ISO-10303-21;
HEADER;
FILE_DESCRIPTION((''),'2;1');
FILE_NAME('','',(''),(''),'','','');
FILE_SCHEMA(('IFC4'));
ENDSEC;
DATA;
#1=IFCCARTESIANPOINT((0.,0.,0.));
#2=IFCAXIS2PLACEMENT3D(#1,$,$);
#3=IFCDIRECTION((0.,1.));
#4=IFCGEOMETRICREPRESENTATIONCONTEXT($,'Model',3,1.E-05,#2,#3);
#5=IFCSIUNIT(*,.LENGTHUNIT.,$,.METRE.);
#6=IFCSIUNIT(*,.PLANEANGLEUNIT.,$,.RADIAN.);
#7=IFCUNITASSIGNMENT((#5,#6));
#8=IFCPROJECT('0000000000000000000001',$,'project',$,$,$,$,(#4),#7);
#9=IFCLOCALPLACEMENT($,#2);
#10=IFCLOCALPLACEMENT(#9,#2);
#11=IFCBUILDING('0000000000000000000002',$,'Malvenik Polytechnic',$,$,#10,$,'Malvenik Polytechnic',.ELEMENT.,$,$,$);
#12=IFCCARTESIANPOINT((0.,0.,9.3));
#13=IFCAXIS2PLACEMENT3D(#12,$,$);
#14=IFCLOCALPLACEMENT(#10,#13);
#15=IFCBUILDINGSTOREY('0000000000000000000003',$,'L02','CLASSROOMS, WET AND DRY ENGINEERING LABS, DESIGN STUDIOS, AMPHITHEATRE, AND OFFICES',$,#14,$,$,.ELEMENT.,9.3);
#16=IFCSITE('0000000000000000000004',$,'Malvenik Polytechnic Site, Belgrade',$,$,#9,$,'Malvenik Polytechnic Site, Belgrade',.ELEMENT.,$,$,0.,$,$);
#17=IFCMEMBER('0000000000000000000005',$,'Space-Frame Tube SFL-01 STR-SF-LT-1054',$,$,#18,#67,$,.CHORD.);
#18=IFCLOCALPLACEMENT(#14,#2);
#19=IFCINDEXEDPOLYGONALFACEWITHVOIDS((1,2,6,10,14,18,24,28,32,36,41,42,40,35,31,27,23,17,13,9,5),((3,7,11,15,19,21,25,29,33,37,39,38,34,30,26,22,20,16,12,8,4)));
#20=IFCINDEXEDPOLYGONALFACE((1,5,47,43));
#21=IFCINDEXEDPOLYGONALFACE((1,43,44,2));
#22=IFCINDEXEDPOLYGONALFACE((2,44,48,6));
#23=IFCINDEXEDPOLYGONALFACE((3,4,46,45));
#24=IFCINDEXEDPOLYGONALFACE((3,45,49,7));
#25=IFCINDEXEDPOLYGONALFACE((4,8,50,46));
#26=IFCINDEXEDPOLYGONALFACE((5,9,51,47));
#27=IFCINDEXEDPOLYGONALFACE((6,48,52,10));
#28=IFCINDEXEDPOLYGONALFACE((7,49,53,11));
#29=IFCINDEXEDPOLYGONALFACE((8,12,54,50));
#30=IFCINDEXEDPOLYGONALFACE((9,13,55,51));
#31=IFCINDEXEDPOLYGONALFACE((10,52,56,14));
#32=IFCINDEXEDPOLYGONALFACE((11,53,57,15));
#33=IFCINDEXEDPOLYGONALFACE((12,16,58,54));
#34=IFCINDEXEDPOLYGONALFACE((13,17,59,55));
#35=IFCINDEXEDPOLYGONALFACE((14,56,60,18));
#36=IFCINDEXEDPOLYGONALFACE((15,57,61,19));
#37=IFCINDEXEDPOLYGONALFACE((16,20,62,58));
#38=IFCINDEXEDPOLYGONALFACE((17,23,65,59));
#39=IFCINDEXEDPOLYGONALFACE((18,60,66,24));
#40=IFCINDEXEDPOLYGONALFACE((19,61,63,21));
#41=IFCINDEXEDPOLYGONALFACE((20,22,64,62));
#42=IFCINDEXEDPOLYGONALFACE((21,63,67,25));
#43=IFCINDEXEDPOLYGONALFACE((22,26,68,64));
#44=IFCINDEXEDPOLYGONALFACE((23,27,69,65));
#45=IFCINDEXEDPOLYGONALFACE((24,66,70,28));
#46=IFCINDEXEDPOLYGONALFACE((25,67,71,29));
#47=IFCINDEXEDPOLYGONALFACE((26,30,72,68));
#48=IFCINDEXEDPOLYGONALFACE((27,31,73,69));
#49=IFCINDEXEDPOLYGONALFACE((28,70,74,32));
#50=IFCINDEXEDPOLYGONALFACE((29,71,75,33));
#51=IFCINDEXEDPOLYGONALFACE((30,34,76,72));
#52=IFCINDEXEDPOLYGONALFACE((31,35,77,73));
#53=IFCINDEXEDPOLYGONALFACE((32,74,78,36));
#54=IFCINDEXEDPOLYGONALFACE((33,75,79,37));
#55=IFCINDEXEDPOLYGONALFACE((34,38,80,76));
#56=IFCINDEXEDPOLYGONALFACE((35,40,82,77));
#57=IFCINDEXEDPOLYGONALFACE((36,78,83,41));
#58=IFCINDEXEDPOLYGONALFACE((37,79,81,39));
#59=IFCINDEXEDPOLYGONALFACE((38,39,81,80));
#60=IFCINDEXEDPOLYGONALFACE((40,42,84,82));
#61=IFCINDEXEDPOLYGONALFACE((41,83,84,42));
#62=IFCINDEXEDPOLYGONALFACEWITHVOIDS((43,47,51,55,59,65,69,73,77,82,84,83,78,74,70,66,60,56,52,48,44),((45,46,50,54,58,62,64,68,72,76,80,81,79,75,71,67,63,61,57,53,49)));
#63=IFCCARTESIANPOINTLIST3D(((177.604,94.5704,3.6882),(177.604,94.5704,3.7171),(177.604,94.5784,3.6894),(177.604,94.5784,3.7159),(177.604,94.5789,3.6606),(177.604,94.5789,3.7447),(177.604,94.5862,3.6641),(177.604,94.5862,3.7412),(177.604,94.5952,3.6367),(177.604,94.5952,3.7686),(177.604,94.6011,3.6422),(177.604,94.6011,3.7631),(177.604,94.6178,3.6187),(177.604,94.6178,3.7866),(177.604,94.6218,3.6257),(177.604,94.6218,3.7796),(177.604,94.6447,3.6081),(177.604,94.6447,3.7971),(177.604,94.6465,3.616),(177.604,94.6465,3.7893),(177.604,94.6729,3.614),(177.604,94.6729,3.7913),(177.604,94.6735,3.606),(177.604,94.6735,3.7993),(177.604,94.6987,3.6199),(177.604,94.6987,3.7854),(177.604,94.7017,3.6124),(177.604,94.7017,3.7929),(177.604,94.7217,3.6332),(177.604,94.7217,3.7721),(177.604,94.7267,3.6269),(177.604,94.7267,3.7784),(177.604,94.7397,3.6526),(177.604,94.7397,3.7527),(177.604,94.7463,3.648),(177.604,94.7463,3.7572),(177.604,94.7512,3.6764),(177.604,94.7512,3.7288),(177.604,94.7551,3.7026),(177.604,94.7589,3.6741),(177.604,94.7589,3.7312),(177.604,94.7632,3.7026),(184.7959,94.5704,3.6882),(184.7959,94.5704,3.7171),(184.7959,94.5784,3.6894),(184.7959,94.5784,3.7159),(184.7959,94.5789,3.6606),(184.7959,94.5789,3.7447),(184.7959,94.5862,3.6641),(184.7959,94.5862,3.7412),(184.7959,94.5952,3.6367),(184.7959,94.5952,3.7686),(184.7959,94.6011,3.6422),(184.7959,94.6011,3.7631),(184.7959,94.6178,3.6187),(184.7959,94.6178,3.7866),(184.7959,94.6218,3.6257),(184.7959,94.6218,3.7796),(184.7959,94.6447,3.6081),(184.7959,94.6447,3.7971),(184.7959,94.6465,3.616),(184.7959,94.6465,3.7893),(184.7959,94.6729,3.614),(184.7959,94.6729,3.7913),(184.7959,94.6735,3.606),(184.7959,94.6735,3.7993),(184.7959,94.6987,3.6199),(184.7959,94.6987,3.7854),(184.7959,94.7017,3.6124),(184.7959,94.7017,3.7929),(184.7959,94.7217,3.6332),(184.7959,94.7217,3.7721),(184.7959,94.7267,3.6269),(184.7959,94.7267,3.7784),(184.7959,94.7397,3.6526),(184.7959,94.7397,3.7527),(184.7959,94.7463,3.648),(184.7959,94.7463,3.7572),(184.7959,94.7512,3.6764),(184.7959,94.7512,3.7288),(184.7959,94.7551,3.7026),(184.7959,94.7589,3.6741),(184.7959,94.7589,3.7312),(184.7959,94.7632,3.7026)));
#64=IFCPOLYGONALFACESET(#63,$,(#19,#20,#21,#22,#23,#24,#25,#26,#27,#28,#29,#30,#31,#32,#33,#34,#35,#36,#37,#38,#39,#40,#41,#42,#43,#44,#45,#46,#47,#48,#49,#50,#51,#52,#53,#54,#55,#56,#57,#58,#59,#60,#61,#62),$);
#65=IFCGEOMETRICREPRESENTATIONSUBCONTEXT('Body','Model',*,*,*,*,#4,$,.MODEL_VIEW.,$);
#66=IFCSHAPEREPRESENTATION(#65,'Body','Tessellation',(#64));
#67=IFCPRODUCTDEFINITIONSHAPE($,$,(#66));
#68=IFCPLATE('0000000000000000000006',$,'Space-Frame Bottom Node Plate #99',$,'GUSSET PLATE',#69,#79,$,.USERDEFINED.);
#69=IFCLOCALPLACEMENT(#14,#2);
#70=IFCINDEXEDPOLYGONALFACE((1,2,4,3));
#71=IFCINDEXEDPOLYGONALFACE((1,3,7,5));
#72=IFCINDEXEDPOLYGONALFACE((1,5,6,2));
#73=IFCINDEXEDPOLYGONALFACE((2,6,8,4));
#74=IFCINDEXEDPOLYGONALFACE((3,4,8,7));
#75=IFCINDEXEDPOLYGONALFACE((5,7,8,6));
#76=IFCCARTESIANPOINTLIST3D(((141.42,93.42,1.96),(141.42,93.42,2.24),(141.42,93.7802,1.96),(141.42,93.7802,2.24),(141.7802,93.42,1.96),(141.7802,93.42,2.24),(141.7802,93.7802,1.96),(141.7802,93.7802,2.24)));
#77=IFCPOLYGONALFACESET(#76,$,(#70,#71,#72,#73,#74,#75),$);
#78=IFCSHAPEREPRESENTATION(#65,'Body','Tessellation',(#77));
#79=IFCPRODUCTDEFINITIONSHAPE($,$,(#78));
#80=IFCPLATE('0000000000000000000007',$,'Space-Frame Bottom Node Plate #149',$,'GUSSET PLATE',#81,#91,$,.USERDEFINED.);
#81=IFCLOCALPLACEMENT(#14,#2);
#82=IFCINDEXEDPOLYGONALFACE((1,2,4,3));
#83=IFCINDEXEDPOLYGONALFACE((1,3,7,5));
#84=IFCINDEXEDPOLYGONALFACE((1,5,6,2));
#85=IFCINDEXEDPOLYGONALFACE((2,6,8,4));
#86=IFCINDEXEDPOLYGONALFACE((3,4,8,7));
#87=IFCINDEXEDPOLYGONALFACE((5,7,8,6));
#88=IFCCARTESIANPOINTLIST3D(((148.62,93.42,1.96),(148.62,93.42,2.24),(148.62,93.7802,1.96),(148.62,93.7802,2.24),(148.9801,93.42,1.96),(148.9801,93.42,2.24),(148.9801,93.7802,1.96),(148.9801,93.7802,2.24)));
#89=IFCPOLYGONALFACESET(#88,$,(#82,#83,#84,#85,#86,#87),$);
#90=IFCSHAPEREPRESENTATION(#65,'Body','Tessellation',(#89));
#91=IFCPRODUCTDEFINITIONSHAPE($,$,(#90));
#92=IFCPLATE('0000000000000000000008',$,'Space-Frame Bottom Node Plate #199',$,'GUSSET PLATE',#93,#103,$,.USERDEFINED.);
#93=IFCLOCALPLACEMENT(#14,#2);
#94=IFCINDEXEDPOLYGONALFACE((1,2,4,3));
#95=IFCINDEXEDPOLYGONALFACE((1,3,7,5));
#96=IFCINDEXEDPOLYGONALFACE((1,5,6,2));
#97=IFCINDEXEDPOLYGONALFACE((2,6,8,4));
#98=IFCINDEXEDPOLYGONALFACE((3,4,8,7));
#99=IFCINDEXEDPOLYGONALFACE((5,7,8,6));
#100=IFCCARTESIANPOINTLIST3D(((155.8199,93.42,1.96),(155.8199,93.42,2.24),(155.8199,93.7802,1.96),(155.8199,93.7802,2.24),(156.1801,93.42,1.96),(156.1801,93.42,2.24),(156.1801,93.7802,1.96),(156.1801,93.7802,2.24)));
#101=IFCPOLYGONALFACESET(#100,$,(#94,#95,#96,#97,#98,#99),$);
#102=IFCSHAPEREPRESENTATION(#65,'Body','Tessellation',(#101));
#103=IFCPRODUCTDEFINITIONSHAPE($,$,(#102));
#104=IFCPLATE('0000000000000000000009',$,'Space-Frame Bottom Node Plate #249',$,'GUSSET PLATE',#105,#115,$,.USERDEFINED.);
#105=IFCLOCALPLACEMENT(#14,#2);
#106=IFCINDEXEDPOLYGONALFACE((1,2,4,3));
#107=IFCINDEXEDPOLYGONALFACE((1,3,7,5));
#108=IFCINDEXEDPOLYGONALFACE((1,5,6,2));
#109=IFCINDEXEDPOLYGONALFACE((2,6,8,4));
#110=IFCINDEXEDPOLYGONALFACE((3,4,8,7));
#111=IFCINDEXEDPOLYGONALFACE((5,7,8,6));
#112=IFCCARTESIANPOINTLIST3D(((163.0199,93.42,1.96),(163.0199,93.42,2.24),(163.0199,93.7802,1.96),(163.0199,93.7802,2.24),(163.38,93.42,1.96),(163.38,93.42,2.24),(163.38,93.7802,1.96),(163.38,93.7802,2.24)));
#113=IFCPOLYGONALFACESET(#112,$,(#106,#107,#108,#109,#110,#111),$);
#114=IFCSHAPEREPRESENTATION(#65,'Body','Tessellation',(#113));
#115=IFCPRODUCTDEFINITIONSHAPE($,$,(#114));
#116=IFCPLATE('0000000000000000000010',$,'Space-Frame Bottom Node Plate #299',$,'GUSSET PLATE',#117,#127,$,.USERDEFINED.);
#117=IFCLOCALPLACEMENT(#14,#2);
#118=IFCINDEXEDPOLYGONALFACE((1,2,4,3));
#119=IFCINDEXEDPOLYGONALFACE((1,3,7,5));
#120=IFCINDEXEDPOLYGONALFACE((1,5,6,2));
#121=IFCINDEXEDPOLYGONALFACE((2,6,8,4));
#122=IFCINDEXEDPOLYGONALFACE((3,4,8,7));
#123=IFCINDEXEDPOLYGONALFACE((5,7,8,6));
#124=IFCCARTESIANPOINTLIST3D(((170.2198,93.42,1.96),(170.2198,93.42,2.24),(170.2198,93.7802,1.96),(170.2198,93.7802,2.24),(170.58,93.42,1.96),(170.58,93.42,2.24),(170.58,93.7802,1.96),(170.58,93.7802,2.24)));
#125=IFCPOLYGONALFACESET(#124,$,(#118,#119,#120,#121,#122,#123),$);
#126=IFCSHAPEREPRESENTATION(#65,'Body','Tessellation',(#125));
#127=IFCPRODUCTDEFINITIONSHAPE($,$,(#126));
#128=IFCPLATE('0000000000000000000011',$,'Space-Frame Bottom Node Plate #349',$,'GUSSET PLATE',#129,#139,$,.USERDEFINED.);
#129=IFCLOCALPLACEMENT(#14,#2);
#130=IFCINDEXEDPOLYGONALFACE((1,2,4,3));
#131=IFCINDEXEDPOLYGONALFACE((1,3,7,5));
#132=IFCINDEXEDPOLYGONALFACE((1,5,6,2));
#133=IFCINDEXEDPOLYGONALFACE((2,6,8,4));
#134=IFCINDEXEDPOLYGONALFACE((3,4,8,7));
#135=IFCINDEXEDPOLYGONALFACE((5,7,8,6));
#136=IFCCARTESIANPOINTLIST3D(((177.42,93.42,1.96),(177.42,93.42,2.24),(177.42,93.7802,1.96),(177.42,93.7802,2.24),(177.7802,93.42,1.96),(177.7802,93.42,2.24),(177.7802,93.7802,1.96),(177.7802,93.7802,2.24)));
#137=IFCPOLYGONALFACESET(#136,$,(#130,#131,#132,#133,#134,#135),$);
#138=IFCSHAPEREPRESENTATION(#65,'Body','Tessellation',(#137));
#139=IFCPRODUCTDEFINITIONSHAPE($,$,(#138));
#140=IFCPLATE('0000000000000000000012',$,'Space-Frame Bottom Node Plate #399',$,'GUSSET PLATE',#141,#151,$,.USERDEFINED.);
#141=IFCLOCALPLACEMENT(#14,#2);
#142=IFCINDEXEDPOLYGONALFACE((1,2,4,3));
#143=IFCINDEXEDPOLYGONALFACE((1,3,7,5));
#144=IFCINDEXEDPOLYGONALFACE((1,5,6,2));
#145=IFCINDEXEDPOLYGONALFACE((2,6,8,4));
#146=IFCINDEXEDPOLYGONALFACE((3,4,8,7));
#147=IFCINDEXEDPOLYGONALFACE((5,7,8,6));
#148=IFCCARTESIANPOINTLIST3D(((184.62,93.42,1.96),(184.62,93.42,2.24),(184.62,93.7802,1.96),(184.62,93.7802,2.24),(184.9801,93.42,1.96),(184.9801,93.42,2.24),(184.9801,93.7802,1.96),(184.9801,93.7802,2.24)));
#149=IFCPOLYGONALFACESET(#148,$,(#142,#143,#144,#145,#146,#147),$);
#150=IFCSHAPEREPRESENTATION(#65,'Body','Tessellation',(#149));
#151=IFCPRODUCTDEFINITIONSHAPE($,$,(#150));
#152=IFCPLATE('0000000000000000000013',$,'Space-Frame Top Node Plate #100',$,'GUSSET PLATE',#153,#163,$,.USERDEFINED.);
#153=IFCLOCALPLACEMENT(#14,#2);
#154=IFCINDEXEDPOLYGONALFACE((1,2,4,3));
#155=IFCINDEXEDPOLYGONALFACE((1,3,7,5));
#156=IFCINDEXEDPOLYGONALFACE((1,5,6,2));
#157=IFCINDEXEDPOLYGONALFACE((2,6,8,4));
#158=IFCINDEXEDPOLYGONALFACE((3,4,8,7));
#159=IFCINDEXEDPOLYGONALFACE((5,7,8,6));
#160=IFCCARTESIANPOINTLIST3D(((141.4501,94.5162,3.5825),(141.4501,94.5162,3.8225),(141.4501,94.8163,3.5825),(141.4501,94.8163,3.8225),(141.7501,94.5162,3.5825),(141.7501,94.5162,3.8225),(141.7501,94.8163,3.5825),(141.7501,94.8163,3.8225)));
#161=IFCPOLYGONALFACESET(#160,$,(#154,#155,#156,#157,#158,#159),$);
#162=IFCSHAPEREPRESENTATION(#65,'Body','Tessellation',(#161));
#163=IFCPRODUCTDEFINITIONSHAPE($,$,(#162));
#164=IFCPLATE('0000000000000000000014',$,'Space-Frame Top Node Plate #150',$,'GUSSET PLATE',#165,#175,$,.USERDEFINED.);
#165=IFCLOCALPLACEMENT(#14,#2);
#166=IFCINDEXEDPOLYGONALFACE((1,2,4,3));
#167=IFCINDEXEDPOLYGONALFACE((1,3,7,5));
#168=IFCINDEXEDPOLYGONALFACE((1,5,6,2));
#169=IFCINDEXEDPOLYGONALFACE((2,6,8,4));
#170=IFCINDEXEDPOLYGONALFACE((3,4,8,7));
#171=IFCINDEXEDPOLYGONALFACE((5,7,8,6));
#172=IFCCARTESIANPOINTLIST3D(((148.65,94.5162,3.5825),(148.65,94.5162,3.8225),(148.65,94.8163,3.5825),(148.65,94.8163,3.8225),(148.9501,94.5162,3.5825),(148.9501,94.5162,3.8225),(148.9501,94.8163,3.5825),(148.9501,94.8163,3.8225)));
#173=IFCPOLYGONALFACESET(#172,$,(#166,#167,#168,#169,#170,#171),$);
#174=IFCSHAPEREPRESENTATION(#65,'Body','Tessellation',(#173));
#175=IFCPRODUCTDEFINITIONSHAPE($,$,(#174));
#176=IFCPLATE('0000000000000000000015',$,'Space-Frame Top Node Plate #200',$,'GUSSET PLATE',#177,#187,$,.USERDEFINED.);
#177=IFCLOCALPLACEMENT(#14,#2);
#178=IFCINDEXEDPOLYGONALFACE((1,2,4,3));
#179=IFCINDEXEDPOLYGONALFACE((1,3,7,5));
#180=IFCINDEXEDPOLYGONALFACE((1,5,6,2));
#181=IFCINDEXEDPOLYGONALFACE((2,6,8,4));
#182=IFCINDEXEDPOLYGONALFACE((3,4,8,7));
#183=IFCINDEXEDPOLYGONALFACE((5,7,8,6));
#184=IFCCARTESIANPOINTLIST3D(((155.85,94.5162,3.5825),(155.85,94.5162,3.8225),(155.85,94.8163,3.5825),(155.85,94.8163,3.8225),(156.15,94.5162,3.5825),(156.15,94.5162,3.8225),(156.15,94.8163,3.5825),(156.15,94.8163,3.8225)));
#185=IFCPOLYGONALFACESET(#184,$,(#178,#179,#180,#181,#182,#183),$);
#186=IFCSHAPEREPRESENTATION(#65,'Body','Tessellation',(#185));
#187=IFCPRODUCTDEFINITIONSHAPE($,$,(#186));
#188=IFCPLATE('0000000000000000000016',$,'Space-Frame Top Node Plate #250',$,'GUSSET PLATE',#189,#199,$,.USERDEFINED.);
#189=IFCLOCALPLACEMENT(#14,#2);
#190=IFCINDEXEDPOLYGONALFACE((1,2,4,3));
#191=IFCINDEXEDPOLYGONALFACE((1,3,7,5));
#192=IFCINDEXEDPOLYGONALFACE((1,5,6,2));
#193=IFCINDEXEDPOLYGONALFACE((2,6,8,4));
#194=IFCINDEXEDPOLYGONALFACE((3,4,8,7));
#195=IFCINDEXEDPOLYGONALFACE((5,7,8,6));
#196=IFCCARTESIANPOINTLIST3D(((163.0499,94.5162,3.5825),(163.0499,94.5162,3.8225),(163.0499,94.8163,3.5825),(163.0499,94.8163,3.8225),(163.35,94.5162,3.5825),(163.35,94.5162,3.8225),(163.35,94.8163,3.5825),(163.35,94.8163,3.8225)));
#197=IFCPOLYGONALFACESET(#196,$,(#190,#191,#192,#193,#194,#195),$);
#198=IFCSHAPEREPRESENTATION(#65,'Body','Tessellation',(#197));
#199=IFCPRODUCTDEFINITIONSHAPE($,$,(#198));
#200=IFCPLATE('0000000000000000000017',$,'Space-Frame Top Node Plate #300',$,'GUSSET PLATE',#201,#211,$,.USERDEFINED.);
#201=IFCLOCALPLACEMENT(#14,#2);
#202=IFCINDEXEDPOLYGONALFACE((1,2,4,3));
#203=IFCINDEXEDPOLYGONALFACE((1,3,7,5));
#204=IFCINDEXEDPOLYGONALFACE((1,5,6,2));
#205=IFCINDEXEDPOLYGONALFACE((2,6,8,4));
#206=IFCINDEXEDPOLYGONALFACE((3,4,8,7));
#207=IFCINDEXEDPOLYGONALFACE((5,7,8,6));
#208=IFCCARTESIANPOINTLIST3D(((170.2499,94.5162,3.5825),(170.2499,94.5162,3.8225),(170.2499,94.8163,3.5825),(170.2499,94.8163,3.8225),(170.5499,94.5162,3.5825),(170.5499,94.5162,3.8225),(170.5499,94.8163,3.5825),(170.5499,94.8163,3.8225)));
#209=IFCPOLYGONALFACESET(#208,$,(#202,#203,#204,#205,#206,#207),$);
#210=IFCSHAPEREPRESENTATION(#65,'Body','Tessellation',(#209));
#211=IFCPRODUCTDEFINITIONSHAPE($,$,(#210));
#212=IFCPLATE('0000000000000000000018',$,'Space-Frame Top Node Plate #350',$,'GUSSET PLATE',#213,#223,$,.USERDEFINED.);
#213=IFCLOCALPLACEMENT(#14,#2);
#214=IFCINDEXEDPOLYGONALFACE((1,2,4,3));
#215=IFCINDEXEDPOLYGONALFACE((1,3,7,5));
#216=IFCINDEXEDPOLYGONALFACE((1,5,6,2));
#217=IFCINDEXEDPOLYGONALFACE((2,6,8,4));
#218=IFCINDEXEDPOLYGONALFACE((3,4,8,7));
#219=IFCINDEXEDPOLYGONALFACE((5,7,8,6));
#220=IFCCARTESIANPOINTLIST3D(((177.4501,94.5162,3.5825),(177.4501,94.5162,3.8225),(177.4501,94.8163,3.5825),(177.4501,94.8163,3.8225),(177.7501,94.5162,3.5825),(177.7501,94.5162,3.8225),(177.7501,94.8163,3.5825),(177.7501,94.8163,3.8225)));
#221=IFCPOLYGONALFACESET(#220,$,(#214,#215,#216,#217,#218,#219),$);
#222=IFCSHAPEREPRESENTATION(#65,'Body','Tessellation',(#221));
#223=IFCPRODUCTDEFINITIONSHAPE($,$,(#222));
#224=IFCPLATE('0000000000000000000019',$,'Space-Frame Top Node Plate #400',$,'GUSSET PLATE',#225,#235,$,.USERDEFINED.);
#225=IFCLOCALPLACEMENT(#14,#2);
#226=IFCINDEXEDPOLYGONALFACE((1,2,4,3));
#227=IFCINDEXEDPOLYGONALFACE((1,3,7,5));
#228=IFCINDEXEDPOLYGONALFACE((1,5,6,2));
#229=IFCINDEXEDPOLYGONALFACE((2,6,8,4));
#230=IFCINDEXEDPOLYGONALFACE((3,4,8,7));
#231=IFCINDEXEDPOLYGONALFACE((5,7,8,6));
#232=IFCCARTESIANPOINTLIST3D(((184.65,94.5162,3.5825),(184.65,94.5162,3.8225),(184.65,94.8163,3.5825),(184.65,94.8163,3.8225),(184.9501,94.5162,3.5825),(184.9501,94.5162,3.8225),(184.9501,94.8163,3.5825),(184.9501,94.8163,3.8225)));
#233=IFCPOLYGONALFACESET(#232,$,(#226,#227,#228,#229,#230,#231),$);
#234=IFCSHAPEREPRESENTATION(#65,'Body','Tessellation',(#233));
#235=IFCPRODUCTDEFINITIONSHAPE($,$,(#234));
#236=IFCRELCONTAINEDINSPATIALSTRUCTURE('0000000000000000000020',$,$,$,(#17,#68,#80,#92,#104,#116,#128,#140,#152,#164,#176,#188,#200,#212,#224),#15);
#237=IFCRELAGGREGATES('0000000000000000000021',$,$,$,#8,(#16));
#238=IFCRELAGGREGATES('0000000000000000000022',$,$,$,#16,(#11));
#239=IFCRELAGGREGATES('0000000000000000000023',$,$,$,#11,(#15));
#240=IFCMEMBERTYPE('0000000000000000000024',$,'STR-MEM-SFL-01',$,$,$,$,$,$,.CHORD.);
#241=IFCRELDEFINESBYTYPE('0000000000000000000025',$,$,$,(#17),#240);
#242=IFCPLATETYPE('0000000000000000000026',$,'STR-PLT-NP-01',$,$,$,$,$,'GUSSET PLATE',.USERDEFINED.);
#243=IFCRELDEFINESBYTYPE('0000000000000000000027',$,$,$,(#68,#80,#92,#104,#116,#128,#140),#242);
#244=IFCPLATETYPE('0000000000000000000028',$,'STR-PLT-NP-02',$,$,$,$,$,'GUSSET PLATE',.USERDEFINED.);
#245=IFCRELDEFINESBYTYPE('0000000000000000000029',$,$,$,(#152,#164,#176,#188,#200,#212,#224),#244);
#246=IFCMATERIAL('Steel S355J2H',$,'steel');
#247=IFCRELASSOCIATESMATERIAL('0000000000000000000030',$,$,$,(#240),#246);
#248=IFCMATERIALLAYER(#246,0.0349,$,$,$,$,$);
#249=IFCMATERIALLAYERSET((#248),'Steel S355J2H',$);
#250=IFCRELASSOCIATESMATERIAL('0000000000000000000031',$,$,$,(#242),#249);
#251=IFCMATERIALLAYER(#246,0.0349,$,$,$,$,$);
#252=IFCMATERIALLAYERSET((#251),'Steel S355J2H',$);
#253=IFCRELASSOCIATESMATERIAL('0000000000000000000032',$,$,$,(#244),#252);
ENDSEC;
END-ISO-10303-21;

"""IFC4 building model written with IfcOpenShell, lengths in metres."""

from ifc_helpers import new_model, si_unit, direction, frame, origin, origin_2d, place, context, subcontext, project, spatial, rectangle, hollow_circle, extrude, material, layer, layer_set, material_profile, profile_set, type_object, element, save


model = new_model("IFC4")

# Units and contexts
model_context = context("Model", 3, precision=1e-05, world=origin(), true_north=direction((0.0, 1.0)))
body_context = subcontext(model_context, "Body", "Model", "MODEL_VIEW")
ifc_project = project(units=[si_unit("LENGTHUNIT", "METRE"), si_unit("PLANEANGLEUNIT", "RADIAN")], contexts=[model_context])

# Site, building, storey
site_placement = place(None, origin())
site = spatial("IfcSite", under=ifc_project, at=site_placement, Name="Malvenik Polytechnic Site, Belgrade", LongName="Malvenik Polytechnic Site, Belgrade", CompositionType="ELEMENT", RefElevation=0.0)
building_placement = place(site_placement, origin())
building = spatial("IfcBuilding", under=site, at=building_placement, Name="Malvenik Polytechnic", LongName="Malvenik Polytechnic", CompositionType="ELEMENT")
storey_placement = place(building_placement, frame((0.0, 0.0, 9.3)))
storey = spatial("IfcBuildingStorey", under=building, at=storey_placement, Name="L02", Description="CLASSROOMS, WET AND DRY ENGINEERING LABS, DESIGN STUDIOS, AMPHITHEATRE, AND OFFICES", CompositionType="ELEMENT", Elevation=9.3)

# Member
ifc_material_1 = material(Name="Steel S355J2H", Category="steel")
ifc_material_profile_1 = material_profile(ifc_material_1, hollow_circle(Radius=0.0969, WallThickness=0.0081, at=origin_2d()), Name="CHS 193.7x8.0")
ifc_profile_set_1 = profile_set([ifc_material_profile_1], Name="Steel S355J2H")
member_type_1 = type_object("IfcMemberType", Name="STR-MEM-SFL-01", PredefinedType="CHORD", material=ifc_profile_set_1)
for number, where, z_axis, x_axis, name in (
    (1, (177.604, 94.6663, 3.7026), (1.0, 0.0, 0.0), (0.0, 1.0, 0.0), "Space-Frame Tube SFL-01 STR-SF-LT-1054"),
):
    element("IfcMember", number, at=place(storey_placement, frame(where, z_axis=z_axis, x_axis=x_axis)), inside=storey, type_object=member_type_1, Name=name, PredefinedType="CHORD", context=body_context, shape_type="SweptSolid", body=[
        extrude(hollow_circle(Radius=0.0969, WallThickness=0.0081, at=origin_2d()), origin(), (0.0, 0.0, 1.0), 7.1919),
    ])

# Plates
ifc_layer_1 = layer(ifc_material_1, 0.0349)
ifc_layer_set_1 = layer_set([ifc_layer_1], Name="Steel S355J2H")
plate_type_1 = type_object("IfcPlateType", Name="STR-PLT-NP-01", ElementType="GUSSET PLATE", PredefinedType="USERDEFINED", material=ifc_layer_set_1)
for number, where, z_axis, x_axis, name in (
    (2, (141.6001, 93.6001, 1.96), (0.0, 0.0, 1.0), (1.0, 0.0, 0.0), "Space-Frame Bottom Node Plate #99"),
    (3, (148.8, 93.6001, 1.96), (0.0, 0.0, 1.0), (1.0, 0.0, 0.0), "Space-Frame Bottom Node Plate #149"),
    (4, (156.0, 93.6001, 1.96), (0.0, 0.0, 1.0), (1.0, 0.0, 0.0), "Space-Frame Bottom Node Plate #199"),
    (5, (163.2, 93.6001, 1.96), (0.0, 0.0, 1.0), (1.0, 0.0, 0.0), "Space-Frame Bottom Node Plate #249"),
    (6, (170.3999, 93.6001, 1.96), (0.0, 0.0, 1.0), (1.0, 0.0, 0.0), "Space-Frame Bottom Node Plate #299"),
    (7, (177.6001, 93.6001, 1.96), (0.0, 0.0, 1.0), (1.0, 0.0, 0.0), "Space-Frame Bottom Node Plate #349"),
    (8, (184.8, 93.6001, 1.96), (0.0, 0.0, 1.0), (1.0, 0.0, 0.0), "Space-Frame Bottom Node Plate #399"),
):
    element("IfcPlate", number, at=place(storey_placement, frame(where, z_axis=z_axis, x_axis=x_axis)), inside=storey, type_object=plate_type_1, Name=name, ObjectType="GUSSET PLATE", PredefinedType="USERDEFINED", context=body_context, shape_type="SweptSolid", body=[
        extrude(rectangle(XDim=0.3601, YDim=0.3601, at=origin_2d()), origin(), (0.0, 0.0, 1.0), 0.28),
    ])
ifc_layer_2 = layer(ifc_material_1, 0.0349)
ifc_layer_set_2 = layer_set([ifc_layer_2], Name="Steel S355J2H")
plate_type_2 = type_object("IfcPlateType", Name="STR-PLT-NP-02", ElementType="GUSSET PLATE", PredefinedType="USERDEFINED", material=ifc_layer_set_2)
for number, where, z_axis, x_axis, name in (
    (9, (141.6001, 94.6663, 3.5825), (0.0, 0.0, 1.0), (1.0, 0.0, 0.0), "Space-Frame Top Node Plate #100"),
    (10, (148.8, 94.6663, 3.5825), (0.0, 0.0, 1.0), (1.0, 0.0, 0.0), "Space-Frame Top Node Plate #150"),
    (11, (156.0, 94.6663, 3.5825), (0.0, 0.0, 1.0), (1.0, 0.0, 0.0), "Space-Frame Top Node Plate #200"),
    (12, (163.2, 94.6663, 3.5825), (0.0, 0.0, 1.0), (1.0, 0.0, 0.0), "Space-Frame Top Node Plate #250"),
    (13, (170.3999, 94.6663, 3.5825), (0.0, 0.0, 1.0), (1.0, 0.0, 0.0), "Space-Frame Top Node Plate #300"),
    (14, (177.6001, 94.6663, 3.5825), (0.0, 0.0, 1.0), (1.0, 0.0, 0.0), "Space-Frame Top Node Plate #350"),
    (15, (184.8, 94.6663, 3.5825), (0.0, 0.0, 1.0), (1.0, 0.0, 0.0), "Space-Frame Top Node Plate #400"),
):
    element("IfcPlate", number, at=place(storey_placement, frame(where, z_axis=z_axis, x_axis=x_axis)), inside=storey, type_object=plate_type_2, Name=name, ObjectType="GUSSET PLATE", PredefinedType="USERDEFINED", context=body_context, shape_type="SweptSolid", body=[
        extrude(rectangle(XDim=0.3, YDim=0.3, at=origin_2d()), origin(), (0.0, 0.0, 1.0), 0.24),
    ])

save(model, "model.ifc")
